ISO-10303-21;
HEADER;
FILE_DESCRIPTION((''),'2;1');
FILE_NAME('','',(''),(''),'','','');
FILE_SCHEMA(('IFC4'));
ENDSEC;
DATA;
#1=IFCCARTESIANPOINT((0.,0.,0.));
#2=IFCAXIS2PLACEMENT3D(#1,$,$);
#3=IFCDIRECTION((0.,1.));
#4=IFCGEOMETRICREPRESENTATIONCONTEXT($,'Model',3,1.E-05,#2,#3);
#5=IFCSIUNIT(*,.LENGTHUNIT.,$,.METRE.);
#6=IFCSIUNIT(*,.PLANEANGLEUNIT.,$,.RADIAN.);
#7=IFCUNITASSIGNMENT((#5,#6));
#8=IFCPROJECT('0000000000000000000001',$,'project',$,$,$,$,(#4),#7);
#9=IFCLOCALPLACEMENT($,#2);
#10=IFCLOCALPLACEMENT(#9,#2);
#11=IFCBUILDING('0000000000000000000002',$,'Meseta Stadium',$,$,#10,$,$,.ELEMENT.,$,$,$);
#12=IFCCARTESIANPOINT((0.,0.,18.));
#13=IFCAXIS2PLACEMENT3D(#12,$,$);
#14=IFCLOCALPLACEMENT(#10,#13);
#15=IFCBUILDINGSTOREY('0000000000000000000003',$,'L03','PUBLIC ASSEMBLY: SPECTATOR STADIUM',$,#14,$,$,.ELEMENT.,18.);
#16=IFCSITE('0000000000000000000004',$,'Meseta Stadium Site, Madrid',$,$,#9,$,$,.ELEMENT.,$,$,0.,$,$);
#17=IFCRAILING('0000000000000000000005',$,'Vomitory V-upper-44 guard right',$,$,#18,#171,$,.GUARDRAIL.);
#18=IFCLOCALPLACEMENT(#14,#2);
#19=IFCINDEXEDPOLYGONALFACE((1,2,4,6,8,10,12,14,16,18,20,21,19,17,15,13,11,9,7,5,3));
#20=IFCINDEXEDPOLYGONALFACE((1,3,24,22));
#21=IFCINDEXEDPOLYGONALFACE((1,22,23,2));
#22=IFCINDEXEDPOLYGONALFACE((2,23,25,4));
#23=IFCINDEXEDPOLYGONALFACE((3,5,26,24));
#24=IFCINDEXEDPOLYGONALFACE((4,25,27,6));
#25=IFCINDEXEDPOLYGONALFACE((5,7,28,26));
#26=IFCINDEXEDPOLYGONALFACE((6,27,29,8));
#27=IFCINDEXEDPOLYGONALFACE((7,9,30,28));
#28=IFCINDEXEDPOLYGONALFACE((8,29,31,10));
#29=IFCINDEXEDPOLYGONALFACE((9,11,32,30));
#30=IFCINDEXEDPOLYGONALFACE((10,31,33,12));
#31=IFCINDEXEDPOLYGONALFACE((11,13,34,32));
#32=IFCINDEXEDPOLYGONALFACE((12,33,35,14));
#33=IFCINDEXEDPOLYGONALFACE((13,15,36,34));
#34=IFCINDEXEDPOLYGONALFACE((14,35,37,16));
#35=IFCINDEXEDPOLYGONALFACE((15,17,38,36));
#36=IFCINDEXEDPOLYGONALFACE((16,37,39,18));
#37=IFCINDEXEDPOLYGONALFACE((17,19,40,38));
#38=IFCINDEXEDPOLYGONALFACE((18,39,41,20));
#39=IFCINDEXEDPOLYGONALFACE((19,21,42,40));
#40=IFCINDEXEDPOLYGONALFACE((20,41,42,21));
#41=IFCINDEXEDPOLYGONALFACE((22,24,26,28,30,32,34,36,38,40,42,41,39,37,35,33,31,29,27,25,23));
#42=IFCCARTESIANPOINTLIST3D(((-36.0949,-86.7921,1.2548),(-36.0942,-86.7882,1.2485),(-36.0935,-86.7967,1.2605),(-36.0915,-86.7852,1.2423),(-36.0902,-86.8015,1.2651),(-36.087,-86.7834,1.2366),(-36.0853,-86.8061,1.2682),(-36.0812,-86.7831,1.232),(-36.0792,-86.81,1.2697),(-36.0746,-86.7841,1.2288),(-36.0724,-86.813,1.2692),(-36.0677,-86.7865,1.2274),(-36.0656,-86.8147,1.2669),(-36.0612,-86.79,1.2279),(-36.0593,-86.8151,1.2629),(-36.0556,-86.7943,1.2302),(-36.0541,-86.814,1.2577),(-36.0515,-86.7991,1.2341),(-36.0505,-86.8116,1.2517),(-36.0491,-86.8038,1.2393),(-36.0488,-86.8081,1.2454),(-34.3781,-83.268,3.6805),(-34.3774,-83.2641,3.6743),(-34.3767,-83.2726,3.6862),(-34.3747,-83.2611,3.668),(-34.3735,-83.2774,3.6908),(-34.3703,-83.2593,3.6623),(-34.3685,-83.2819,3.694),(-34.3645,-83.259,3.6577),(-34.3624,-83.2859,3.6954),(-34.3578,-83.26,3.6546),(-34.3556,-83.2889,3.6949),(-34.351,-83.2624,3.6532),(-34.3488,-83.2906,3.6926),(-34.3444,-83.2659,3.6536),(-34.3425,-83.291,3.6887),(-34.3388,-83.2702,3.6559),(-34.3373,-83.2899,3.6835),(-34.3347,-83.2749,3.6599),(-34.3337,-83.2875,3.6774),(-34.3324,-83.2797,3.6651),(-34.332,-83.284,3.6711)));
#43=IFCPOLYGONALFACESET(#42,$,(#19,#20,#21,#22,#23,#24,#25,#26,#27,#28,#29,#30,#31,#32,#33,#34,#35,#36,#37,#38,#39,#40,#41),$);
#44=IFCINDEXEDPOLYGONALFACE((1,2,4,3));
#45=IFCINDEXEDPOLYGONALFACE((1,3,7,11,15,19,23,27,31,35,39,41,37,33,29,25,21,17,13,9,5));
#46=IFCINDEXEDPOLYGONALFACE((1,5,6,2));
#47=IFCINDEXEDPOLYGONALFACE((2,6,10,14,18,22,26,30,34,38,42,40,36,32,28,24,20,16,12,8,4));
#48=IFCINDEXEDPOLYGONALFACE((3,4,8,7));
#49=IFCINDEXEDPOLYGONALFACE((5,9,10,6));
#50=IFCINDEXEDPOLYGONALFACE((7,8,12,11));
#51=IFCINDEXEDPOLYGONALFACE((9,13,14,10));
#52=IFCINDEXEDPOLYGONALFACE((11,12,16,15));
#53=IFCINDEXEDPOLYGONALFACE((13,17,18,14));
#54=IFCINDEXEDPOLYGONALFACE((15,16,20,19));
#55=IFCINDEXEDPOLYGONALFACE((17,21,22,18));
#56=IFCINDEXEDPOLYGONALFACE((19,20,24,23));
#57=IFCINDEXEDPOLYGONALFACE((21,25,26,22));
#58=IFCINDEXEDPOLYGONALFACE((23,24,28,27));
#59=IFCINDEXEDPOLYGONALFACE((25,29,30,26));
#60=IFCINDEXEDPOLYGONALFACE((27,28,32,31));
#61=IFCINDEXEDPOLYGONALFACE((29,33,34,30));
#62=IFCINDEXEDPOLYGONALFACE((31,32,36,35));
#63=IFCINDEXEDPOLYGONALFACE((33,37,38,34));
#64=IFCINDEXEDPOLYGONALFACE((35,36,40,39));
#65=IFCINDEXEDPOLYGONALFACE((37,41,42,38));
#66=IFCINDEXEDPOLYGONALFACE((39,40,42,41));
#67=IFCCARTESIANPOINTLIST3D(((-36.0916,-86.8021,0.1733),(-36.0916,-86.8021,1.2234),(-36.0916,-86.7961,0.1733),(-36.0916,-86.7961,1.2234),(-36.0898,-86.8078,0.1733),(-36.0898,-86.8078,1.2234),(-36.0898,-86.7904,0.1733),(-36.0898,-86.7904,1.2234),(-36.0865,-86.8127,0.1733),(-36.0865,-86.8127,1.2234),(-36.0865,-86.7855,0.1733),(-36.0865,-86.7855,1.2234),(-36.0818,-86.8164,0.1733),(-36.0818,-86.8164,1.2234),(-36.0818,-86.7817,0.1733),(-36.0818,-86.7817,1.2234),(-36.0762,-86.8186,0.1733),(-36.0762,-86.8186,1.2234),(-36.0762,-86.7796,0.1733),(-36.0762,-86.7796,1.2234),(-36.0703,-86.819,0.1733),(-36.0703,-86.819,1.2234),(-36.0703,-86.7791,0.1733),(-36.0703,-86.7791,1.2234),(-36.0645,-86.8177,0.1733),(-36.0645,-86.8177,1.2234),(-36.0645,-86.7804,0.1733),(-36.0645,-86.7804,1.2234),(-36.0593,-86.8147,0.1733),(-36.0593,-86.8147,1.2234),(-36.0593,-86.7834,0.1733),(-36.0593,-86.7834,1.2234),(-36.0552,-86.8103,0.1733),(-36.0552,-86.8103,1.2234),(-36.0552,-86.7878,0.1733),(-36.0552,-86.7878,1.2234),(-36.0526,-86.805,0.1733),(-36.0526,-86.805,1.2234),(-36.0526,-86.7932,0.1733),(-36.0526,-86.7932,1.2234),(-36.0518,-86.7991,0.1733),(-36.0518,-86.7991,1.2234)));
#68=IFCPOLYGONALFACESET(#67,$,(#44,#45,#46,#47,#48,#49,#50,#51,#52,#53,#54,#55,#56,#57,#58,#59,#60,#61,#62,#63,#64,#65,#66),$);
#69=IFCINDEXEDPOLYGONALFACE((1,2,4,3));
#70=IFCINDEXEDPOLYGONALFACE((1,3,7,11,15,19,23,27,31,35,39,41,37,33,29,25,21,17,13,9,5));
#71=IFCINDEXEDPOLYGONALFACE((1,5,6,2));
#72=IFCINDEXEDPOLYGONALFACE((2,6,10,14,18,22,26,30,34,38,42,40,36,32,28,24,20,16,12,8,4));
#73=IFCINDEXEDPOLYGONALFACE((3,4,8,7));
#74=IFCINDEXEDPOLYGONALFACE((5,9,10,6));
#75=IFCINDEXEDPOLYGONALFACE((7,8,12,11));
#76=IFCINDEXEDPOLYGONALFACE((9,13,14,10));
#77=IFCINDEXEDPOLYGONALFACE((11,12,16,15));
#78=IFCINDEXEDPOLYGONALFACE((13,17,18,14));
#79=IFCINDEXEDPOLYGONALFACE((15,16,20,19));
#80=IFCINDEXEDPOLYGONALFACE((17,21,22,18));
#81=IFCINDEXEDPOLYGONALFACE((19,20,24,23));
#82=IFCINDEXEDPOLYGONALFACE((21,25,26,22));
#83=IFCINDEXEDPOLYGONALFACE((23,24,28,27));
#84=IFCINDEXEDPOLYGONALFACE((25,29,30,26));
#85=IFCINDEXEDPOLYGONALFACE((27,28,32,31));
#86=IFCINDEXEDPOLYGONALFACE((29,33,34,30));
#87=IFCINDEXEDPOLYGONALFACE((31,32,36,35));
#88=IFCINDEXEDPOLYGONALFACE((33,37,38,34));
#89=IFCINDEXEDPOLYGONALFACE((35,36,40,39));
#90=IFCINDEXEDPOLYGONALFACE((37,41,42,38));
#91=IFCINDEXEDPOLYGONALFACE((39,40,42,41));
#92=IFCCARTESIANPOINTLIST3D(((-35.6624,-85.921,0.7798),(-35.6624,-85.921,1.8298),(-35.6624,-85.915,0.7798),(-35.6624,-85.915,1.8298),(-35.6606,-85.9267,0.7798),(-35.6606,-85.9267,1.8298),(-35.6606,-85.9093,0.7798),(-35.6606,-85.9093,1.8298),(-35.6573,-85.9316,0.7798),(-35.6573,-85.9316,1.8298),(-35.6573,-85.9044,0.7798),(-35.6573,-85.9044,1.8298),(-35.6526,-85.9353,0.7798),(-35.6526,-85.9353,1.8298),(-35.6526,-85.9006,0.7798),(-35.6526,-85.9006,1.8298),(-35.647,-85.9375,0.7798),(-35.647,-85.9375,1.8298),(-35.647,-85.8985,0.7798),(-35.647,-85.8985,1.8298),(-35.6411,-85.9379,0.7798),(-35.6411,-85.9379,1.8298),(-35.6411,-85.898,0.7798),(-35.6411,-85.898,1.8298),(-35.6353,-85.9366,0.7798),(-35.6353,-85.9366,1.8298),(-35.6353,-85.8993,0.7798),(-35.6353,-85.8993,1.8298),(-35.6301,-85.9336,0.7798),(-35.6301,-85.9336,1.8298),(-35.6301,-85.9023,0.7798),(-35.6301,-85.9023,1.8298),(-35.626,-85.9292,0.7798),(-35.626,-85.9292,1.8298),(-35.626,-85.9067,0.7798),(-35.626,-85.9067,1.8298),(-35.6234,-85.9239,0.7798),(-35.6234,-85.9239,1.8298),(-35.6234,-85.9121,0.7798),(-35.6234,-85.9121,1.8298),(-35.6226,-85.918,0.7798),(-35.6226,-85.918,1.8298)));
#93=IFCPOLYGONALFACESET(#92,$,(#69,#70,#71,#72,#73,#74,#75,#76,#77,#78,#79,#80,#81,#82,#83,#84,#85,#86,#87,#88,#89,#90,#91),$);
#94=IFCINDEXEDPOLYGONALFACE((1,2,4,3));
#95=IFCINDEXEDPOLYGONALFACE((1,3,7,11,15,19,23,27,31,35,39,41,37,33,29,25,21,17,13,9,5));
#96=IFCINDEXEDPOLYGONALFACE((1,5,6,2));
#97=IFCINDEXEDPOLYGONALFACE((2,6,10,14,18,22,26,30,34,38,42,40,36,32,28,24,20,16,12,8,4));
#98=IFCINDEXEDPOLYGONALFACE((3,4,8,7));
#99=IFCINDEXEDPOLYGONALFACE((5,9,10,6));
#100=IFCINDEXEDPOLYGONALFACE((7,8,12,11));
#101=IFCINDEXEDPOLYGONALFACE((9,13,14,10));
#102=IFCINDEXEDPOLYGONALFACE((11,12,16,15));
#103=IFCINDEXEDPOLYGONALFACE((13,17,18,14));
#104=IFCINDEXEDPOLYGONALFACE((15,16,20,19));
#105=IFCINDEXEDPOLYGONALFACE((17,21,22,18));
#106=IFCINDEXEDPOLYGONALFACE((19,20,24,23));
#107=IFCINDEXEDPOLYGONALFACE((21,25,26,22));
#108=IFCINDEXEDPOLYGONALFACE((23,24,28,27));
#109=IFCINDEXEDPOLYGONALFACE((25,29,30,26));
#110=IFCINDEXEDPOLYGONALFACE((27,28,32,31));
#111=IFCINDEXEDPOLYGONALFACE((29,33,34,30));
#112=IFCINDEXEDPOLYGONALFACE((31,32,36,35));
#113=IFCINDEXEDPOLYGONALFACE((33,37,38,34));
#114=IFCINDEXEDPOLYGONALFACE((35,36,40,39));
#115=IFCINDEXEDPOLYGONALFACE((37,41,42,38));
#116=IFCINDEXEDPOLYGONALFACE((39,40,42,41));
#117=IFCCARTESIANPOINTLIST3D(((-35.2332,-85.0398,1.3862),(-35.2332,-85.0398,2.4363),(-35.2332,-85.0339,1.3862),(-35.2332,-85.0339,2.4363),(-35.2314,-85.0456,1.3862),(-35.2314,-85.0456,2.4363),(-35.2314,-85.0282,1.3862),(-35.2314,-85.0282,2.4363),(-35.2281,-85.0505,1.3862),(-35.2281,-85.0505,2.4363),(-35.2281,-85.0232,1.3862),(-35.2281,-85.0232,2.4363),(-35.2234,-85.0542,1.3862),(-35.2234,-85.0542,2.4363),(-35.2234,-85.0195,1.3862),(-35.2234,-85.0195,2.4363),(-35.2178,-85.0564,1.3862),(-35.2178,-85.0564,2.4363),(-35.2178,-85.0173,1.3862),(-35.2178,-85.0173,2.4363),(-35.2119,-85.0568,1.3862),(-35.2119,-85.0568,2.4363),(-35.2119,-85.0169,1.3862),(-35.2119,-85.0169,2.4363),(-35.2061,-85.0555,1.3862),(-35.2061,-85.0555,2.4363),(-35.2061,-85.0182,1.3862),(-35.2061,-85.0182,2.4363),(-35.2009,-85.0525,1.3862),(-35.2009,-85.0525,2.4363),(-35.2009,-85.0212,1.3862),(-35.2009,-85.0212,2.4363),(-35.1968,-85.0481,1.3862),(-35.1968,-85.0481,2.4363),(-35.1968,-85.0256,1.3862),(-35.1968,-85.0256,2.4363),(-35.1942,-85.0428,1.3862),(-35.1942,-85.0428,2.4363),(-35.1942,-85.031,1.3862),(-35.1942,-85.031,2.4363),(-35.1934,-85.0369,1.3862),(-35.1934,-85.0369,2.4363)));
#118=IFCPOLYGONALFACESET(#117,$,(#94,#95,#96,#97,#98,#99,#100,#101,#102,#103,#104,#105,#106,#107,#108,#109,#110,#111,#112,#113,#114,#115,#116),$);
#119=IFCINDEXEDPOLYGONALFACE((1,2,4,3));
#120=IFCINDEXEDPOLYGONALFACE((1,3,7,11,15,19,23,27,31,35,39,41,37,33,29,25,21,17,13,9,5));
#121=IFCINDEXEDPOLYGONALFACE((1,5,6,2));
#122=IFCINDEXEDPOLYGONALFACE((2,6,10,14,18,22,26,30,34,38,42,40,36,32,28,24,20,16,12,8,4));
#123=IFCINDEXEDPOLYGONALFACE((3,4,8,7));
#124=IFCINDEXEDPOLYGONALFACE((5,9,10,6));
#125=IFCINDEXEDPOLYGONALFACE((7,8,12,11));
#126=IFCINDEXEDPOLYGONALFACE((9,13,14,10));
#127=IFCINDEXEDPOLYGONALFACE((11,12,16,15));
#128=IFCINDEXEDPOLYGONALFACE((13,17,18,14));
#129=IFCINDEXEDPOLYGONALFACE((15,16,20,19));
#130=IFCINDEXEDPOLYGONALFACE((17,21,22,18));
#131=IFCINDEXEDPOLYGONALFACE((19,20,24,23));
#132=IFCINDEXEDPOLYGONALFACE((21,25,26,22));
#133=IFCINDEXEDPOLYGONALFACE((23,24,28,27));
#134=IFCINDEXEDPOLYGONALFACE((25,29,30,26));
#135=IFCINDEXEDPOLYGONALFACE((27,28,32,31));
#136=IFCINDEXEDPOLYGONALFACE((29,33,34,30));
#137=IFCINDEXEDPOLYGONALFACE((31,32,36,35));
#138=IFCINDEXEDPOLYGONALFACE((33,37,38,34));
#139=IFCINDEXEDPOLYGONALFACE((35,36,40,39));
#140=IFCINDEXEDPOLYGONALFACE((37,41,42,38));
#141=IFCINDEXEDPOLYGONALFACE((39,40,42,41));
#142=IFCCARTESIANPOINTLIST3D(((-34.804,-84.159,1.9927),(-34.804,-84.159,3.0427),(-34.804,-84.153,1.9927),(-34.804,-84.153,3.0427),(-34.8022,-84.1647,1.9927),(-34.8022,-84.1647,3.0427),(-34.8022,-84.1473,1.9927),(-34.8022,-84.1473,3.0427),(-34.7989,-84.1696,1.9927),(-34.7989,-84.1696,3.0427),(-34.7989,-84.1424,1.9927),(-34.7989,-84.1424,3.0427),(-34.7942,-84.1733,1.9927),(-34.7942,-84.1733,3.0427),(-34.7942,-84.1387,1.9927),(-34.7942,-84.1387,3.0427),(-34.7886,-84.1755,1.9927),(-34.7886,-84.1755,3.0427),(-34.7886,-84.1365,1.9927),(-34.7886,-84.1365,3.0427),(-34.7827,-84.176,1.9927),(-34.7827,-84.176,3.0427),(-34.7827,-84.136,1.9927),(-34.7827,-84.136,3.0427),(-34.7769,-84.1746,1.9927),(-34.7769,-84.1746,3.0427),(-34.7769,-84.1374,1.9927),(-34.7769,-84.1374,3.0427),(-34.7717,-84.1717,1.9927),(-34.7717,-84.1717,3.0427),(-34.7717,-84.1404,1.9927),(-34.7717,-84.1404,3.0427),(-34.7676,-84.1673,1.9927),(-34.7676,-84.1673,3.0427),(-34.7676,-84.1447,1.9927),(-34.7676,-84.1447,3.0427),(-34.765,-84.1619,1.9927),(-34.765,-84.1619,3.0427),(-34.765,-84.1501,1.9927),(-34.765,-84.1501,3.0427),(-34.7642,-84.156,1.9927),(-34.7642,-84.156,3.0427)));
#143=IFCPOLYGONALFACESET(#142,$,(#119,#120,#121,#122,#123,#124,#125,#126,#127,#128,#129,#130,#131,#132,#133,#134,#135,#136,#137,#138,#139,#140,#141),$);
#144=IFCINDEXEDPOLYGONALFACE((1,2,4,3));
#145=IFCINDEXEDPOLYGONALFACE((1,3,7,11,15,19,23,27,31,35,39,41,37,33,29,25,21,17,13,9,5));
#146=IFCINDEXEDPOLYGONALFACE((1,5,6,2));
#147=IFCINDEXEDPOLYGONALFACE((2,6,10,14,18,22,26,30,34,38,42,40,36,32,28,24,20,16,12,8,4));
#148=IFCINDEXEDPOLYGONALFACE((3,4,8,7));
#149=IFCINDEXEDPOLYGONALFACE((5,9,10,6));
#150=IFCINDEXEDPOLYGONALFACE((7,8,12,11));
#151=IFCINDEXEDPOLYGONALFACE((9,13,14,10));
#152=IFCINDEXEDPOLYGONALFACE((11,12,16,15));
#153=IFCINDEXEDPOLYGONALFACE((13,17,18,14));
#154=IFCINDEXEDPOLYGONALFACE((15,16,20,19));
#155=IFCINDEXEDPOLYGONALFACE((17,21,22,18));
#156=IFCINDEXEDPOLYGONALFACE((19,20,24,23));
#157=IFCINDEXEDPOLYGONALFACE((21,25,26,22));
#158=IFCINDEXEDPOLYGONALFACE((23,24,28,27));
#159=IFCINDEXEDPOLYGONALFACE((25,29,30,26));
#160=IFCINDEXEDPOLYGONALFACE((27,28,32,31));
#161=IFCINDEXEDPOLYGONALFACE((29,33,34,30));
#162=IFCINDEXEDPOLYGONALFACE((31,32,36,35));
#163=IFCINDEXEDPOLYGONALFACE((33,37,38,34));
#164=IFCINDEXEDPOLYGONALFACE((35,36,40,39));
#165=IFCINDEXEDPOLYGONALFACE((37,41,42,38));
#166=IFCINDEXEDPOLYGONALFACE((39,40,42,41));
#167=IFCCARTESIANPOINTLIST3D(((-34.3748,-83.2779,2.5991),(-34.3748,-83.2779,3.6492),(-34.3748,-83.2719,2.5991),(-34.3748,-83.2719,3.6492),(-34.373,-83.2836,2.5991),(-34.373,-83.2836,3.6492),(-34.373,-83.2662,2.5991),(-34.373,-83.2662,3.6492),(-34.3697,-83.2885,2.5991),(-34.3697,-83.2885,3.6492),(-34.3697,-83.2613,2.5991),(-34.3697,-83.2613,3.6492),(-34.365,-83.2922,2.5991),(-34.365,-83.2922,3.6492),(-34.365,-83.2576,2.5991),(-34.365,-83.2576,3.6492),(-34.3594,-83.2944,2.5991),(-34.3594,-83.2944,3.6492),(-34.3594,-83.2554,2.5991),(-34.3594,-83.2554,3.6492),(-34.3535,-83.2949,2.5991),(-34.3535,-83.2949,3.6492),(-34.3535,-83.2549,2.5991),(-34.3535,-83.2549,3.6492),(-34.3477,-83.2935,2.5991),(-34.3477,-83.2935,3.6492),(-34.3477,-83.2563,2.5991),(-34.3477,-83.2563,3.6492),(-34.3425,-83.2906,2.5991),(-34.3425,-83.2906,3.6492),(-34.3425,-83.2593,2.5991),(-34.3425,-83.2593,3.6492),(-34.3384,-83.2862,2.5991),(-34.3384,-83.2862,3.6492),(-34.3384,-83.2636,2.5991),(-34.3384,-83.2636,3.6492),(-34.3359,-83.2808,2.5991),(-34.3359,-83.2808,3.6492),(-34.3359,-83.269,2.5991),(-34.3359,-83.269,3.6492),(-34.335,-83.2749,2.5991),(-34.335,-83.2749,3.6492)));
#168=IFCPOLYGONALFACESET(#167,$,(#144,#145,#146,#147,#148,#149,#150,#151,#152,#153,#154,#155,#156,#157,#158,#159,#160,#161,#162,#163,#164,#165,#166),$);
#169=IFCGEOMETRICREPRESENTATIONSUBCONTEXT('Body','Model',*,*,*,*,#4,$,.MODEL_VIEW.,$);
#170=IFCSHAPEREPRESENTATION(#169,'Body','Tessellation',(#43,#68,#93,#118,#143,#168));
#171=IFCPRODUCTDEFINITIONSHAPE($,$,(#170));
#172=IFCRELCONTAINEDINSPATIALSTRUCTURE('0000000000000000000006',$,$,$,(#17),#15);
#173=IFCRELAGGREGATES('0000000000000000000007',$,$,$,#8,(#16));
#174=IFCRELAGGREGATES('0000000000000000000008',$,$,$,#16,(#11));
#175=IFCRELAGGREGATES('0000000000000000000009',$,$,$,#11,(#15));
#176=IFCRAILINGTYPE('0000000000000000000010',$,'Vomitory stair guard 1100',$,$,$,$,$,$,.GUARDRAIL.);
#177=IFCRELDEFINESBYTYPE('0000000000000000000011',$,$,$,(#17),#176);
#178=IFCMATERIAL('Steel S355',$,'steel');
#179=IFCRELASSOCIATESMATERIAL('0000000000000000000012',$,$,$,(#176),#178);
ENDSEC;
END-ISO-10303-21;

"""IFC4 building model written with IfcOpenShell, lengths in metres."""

from ifc_helpers import new_model, si_unit, direction, frame, origin, origin_2d, place, context, subcontext, project, spatial, circle, extrude, material, type_object, element, save


model = new_model("IFC4")

# Units and contexts
model_context = context("Model", 3, precision=1e-05, world=origin(), true_north=direction((0.0, 1.0)))
body_context = subcontext(model_context, "Body", "Model", "MODEL_VIEW")
ifc_project = project(units=[si_unit("LENGTHUNIT", "METRE"), si_unit("PLANEANGLEUNIT", "RADIAN")], contexts=[model_context])

# Site, building, storey
site_placement = place(None, origin())
site = spatial("IfcSite", under=ifc_project, at=site_placement, Name="Meseta Stadium Site, Madrid", CompositionType="ELEMENT", RefElevation=0.0)
building_placement = place(site_placement, origin())
building = spatial("IfcBuilding", under=site, at=building_placement, Name="Meseta Stadium", CompositionType="ELEMENT")
storey_placement = place(building_placement, frame((0.0, 0.0, 18.0)))
storey = spatial("IfcBuildingStorey", under=building, at=storey_placement, Name="L03", Description="PUBLIC ASSEMBLY: SPECTATOR STADIUM", CompositionType="ELEMENT", Elevation=18.0)

# Railing
ifc_material_1 = material(Name="Steel S355", Category="steel")
railing_type_1 = type_object("IfcRailingType", Name="Vomitory stair guard 1100", PredefinedType="GUARDRAIL", material=ifc_material_1)
railing_1_placement = place(storey_placement, frame((-36.0718, -86.7991, 0.1733)))
element("IfcRailing", 1, at=railing_1_placement, inside=storey, type_object=railing_type_1, Name="Vomitory V-upper-44 guard right", PredefinedType="GUARDRAIL", context=body_context, shape_type="SweptSolid", body=[
    extrude(circle(Radius=0.0249, at=origin_2d()), frame((0.0, 0.0, 1.0752), z_axis=(0.372412, 0.764471, 0.526206), x_axis=(-0.899001, 0.437947, 0.0)), (0.0, 0.0, 1.0), 4.6099),
    extrude(circle(Radius=0.02, at=origin_2d()), origin(), (0.0, 0.0, 1.0), 1.05),
    extrude(circle(Radius=0.02, at=origin_2d()), frame((0.4292, 0.8811, 0.6064)), (0.0, 0.0, 1.0), 1.05),
    extrude(circle(Radius=0.02, at=origin_2d()), frame((0.8584, 1.7622, 1.2129)), (0.0, 0.0, 1.0), 1.05),
    extrude(circle(Radius=0.02, at=origin_2d()), frame((1.2876, 2.6431, 1.8193)), (0.0, 0.0, 1.0), 1.05),
    extrude(circle(Radius=0.02, at=origin_2d()), frame((1.7168, 3.5242, 2.4258)), (0.0, 0.0, 1.0), 1.05),
])

save(model, "model.ifc")
